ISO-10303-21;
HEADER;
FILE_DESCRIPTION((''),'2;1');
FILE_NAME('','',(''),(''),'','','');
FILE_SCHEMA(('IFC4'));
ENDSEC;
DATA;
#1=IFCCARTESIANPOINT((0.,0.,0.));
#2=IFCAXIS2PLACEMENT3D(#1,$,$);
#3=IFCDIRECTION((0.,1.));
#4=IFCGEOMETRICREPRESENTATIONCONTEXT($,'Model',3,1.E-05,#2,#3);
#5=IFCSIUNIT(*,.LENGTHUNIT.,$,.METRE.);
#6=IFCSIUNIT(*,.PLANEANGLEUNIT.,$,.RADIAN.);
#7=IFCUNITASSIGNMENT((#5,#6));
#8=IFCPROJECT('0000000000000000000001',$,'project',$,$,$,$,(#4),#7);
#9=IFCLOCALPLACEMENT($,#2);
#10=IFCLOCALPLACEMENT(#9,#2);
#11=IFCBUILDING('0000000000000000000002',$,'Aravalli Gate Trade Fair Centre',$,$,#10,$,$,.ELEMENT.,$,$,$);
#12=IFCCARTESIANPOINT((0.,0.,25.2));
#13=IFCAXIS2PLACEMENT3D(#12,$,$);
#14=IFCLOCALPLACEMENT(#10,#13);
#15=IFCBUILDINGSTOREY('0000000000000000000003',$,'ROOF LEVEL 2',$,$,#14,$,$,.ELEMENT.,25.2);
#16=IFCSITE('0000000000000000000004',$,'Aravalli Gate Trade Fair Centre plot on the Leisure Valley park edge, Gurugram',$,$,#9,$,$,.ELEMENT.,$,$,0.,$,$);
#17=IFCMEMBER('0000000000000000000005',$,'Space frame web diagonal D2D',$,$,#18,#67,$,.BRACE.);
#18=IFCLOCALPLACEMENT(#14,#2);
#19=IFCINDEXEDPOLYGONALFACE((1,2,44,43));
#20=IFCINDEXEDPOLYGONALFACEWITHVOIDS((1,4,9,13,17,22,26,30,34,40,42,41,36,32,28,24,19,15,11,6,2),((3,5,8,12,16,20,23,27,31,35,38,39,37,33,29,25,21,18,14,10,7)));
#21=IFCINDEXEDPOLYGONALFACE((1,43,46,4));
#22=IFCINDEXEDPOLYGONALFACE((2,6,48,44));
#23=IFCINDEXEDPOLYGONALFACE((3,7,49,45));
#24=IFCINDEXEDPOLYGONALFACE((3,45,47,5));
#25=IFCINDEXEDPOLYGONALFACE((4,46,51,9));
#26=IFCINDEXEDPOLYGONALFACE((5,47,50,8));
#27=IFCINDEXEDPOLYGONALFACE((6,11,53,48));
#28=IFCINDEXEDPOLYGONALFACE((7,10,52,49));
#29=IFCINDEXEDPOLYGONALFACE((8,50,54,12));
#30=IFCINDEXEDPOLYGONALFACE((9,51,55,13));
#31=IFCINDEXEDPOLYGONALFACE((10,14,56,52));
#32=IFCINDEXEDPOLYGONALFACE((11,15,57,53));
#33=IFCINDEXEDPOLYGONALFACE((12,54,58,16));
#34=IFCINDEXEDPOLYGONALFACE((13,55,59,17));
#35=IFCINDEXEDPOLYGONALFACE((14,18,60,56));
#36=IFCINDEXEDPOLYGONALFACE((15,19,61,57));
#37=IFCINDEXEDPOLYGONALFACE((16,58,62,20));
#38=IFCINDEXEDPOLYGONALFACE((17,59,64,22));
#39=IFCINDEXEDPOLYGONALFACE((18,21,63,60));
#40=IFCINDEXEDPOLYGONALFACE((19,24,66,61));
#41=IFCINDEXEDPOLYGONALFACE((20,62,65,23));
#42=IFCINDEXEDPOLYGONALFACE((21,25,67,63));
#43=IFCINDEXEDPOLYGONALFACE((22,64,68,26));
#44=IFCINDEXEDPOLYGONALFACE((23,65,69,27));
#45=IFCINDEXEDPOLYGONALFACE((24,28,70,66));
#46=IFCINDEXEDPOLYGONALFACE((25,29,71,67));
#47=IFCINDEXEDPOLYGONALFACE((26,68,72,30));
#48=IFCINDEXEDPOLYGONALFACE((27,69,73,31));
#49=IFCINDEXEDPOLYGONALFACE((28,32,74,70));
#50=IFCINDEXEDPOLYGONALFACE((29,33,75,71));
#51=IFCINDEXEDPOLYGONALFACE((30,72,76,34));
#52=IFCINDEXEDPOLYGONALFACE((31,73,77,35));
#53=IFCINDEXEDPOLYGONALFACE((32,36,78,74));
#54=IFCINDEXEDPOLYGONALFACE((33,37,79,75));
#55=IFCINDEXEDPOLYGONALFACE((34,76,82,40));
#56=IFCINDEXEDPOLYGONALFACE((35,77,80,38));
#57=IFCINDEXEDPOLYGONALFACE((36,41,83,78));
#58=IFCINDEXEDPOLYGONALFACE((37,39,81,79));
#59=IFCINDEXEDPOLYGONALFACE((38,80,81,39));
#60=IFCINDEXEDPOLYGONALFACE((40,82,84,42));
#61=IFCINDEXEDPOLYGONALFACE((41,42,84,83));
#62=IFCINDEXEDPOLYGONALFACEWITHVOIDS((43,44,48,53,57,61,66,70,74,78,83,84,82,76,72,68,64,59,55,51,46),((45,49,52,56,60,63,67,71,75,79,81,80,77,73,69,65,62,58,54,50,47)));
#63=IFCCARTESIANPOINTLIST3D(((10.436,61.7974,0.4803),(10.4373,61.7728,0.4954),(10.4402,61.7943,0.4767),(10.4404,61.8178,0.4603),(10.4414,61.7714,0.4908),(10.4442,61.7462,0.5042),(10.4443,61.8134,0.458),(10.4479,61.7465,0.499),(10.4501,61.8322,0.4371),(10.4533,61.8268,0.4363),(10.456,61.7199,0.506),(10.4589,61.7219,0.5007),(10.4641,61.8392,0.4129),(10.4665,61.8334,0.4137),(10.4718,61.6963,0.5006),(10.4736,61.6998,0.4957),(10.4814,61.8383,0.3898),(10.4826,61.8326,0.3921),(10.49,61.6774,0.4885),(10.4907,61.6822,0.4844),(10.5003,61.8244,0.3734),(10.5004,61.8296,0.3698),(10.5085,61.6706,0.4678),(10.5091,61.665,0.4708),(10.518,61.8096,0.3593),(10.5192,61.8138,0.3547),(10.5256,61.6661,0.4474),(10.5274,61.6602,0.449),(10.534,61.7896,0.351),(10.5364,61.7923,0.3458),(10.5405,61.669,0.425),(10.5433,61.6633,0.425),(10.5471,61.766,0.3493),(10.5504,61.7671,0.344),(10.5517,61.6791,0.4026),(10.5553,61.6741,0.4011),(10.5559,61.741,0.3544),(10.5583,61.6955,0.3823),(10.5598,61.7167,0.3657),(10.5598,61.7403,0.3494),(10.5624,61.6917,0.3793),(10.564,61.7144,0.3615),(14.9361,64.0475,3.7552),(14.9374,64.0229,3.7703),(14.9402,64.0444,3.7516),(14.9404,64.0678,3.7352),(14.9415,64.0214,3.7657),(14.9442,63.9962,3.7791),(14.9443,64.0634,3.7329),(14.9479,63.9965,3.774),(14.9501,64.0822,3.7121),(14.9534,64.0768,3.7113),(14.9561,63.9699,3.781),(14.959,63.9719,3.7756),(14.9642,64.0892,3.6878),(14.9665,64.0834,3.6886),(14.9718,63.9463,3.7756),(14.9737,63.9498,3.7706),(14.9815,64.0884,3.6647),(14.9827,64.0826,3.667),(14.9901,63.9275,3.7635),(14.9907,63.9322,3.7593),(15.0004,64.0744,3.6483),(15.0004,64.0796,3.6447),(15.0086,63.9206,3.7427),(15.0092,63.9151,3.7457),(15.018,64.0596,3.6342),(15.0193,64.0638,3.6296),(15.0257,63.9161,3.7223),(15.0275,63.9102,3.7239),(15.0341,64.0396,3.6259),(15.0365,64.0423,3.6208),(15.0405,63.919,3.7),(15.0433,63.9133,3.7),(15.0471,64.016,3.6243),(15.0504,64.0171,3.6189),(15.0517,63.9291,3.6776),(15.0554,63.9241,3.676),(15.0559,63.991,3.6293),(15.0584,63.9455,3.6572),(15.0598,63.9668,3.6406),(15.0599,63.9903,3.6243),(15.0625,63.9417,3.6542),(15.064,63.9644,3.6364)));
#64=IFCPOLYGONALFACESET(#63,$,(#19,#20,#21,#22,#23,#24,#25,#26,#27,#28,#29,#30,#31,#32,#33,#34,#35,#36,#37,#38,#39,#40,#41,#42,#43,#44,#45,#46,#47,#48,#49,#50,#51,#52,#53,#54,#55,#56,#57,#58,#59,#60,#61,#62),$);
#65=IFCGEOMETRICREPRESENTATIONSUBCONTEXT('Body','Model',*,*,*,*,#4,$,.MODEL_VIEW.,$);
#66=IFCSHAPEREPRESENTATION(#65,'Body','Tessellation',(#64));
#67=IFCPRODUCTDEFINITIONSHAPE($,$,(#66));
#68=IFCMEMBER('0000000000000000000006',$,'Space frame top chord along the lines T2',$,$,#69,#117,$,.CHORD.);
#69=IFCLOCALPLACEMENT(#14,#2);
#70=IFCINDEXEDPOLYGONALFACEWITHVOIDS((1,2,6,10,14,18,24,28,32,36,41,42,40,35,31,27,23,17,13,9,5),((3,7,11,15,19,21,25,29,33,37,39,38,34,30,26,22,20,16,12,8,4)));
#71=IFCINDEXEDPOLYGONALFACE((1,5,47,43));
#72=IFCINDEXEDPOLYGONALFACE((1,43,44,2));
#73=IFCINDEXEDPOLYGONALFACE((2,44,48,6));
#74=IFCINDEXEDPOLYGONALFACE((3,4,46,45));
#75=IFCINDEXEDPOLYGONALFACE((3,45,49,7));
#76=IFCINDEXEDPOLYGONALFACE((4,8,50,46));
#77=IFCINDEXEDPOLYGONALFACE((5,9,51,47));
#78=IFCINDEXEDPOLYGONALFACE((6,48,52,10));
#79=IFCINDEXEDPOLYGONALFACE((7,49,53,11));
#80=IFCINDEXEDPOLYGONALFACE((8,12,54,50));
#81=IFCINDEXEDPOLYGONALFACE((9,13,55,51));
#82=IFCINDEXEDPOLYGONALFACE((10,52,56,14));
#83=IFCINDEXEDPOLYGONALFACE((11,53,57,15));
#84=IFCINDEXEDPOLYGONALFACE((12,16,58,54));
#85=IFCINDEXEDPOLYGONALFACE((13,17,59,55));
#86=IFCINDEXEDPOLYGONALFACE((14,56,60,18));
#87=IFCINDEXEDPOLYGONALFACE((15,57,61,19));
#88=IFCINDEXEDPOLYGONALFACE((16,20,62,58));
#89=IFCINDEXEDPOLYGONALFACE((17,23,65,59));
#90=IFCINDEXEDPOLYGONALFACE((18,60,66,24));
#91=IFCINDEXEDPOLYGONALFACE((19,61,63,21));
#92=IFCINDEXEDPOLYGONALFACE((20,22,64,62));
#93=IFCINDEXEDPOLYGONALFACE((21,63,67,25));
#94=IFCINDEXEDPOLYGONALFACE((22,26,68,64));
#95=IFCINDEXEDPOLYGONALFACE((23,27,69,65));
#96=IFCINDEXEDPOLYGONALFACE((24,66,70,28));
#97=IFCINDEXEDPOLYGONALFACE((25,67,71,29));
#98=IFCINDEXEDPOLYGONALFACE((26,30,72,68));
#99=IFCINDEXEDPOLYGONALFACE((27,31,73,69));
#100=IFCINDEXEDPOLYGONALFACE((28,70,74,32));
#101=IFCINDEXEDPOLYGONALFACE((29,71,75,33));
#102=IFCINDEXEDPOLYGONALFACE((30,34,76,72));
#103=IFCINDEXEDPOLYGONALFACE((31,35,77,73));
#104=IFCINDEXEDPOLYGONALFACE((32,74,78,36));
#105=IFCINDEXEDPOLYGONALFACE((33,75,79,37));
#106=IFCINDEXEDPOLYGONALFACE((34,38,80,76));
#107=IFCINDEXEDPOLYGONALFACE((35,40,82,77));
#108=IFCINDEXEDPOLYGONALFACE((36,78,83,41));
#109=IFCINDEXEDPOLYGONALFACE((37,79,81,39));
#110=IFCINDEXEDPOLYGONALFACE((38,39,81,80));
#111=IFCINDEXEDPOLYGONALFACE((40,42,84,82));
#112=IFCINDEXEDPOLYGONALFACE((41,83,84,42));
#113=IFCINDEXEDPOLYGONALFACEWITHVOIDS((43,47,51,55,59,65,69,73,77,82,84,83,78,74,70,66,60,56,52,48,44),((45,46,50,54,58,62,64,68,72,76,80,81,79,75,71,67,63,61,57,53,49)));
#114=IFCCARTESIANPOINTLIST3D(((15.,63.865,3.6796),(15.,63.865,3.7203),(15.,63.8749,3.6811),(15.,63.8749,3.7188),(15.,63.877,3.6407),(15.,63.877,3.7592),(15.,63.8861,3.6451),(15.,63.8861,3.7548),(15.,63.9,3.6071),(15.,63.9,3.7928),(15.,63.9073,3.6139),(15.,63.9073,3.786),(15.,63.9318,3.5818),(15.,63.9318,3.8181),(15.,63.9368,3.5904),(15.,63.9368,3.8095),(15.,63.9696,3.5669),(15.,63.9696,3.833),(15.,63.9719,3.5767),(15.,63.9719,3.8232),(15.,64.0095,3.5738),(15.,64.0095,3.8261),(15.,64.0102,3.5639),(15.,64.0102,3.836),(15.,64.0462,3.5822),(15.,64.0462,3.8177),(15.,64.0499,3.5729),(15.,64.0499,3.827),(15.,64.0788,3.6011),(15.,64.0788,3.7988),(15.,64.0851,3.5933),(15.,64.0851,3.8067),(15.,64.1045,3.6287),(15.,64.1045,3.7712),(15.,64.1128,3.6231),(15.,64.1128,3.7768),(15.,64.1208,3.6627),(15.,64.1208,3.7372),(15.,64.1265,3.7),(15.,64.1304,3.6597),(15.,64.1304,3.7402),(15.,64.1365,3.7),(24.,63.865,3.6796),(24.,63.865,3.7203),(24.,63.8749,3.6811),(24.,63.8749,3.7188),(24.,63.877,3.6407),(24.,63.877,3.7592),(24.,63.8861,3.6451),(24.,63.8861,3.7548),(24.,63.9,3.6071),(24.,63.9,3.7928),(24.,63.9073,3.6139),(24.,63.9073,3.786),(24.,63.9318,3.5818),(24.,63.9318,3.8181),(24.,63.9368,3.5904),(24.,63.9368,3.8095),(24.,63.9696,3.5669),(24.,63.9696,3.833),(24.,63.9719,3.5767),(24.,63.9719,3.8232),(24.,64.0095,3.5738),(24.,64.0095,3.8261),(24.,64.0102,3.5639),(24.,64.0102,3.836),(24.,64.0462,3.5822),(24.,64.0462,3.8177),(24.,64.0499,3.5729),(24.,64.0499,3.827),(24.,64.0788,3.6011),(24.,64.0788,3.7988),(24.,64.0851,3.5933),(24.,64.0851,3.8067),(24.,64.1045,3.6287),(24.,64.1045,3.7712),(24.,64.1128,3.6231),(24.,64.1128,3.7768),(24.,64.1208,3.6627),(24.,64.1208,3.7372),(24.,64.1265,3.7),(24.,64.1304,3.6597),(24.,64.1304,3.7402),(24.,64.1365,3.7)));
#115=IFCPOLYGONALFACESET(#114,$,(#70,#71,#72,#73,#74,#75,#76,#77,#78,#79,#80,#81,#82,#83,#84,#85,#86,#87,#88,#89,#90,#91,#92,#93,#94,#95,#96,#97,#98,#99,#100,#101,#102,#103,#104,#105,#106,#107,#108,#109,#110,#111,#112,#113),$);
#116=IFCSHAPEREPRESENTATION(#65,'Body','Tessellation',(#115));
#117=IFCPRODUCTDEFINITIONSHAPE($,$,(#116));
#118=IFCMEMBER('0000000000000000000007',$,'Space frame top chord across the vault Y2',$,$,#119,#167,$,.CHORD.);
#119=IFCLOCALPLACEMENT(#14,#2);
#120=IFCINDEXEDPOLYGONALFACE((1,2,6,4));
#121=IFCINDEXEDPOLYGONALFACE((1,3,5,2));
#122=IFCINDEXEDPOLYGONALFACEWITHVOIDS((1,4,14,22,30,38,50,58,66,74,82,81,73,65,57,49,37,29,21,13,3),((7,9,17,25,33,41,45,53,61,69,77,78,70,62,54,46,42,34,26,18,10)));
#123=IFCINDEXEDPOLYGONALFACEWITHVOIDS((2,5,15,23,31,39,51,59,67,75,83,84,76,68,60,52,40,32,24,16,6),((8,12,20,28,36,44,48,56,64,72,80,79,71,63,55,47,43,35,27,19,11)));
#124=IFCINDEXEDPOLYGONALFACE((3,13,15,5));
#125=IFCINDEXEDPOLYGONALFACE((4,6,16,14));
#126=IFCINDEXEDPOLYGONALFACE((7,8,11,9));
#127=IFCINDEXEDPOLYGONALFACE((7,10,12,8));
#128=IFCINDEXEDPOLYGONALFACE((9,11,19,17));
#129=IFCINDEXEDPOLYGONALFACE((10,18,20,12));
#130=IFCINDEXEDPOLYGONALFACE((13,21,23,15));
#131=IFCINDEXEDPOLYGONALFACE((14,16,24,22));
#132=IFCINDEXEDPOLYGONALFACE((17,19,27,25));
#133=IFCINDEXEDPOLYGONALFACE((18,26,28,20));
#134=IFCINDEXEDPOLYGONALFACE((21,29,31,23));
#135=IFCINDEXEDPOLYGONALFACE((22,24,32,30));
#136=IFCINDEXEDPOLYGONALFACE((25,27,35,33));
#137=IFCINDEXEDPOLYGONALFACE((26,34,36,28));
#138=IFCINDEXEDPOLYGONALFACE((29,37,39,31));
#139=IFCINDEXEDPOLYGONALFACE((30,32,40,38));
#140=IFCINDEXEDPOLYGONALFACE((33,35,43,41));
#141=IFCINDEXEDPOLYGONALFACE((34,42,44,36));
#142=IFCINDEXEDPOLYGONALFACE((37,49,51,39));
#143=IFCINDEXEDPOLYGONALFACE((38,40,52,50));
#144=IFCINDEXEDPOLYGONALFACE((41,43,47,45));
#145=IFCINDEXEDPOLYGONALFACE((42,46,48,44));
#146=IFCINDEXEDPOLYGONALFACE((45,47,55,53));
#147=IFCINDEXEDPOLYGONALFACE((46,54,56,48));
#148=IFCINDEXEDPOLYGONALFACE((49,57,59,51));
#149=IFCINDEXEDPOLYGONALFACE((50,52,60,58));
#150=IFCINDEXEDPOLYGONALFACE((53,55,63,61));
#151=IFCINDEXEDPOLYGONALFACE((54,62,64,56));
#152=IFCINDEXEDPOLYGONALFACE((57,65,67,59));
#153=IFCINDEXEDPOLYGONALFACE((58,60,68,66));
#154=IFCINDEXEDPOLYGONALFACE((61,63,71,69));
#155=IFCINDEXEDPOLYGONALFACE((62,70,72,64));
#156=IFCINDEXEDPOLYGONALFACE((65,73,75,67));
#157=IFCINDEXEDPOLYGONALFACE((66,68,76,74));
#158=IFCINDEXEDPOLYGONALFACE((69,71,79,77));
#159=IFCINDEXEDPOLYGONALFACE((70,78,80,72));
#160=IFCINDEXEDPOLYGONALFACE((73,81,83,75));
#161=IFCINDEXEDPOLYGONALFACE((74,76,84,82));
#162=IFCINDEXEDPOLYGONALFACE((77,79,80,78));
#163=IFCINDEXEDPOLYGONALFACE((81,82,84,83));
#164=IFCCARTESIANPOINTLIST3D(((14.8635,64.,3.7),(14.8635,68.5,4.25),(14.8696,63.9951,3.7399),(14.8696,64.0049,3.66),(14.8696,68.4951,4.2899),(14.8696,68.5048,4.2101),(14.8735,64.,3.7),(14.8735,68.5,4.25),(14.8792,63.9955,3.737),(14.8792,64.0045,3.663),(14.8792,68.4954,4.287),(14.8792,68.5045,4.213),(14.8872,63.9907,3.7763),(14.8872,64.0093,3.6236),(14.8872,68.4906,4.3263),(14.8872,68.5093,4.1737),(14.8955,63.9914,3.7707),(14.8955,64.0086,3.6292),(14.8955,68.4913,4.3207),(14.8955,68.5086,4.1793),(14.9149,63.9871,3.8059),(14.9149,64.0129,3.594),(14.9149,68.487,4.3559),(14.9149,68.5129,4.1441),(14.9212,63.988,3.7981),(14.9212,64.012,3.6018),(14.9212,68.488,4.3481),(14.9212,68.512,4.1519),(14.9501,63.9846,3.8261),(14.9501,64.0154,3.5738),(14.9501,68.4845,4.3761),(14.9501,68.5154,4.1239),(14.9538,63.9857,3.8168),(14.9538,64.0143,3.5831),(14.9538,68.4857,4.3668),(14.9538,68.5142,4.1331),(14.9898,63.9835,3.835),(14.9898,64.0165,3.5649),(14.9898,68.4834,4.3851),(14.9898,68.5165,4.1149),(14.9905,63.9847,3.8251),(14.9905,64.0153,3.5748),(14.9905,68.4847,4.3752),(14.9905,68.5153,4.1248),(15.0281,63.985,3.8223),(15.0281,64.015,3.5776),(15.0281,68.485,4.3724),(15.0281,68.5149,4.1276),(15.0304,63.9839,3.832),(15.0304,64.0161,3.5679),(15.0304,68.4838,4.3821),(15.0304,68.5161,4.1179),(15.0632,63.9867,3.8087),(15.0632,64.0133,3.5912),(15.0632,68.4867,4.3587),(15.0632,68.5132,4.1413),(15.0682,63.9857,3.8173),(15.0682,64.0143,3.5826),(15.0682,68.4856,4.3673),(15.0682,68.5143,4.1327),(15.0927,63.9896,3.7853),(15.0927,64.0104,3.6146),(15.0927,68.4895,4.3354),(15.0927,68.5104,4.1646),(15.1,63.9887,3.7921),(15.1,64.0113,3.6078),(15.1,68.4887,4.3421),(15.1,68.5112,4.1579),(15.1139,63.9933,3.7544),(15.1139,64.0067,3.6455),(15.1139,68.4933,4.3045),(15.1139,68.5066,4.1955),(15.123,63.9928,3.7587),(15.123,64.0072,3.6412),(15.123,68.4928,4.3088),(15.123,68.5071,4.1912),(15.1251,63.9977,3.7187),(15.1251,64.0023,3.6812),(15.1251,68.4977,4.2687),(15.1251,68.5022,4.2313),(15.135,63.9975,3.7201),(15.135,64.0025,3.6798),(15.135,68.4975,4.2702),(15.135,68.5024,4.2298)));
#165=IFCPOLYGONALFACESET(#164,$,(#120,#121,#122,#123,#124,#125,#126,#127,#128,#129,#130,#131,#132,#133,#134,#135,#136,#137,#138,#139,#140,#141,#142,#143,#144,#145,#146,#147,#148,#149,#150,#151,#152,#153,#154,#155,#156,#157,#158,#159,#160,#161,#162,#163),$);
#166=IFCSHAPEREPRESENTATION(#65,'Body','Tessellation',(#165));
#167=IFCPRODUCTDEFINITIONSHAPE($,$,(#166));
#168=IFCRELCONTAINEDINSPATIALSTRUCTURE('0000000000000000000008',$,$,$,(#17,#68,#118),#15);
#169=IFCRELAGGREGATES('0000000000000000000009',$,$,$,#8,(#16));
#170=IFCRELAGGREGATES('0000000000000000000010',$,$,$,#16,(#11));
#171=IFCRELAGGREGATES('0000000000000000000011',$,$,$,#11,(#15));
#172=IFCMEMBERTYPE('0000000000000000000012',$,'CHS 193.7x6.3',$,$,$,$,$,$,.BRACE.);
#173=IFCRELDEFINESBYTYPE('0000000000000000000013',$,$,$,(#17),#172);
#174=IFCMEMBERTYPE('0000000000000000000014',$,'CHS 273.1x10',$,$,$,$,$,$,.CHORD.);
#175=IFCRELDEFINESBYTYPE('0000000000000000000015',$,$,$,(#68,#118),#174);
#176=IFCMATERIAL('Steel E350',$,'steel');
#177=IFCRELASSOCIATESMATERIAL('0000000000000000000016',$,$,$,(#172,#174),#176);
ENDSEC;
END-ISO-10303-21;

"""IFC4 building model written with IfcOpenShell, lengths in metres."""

from ifc_helpers import new_model, si_unit, direction, frame, origin, origin_2d, place, context, subcontext, project, spatial, hollow_circle, extrude, material, material_profile, profile_set, type_object, element, save


model = new_model("IFC4")

# Units and contexts
model_context = context("Model", 3, precision=1e-05, world=origin(), true_north=direction((0.0, 1.0)))
body_context = subcontext(model_context, "Body", "Model", "MODEL_VIEW")
ifc_project = project(units=[si_unit("LENGTHUNIT", "METRE"), si_unit("PLANEANGLEUNIT", "RADIAN")], contexts=[model_context])

# Site, building, storey
site_placement = place(None, origin())
site = spatial("IfcSite", under=ifc_project, at=site_placement, Name="Aravalli Gate Trade Fair Centre plot on the Leisure Valley park edge, Gurugram", CompositionType="ELEMENT", RefElevation=0.0)
building_placement = place(site_placement, origin())
building = spatial("IfcBuilding", under=site, at=building_placement, Name="Aravalli Gate Trade Fair Centre", CompositionType="ELEMENT")
storey_placement = place(building_placement, frame((0.0, 0.0, 25.2)))
storey = spatial("IfcBuildingStorey", under=building, at=storey_placement, Name="ROOF LEVEL 2", CompositionType="ELEMENT", Elevation=25.2)

# Members
ifc_material = material(Name="Steel E350", Category="steel")
ifc_material_profile_1 = material_profile(ifc_material, hollow_circle(Radius=0.0969, WallThickness=0.0063, at=origin_2d()), Name="CHS 193.7x6.3")
ifc_profile_set_1 = profile_set([ifc_material_profile_1], Name="Steel E350")
member_type_1 = type_object("IfcMemberType", Name="CHS 193.7x6.3", PredefinedType="BRACE", material=ifc_profile_set_1)
for number, where, z_axis, x_axis, name in (
    (1, (15.0, 64.0, 3.7), (-0.74961, -0.374805, -0.545533), (0.447214, -0.894427, 0.0), "Space frame web diagonal D2D"),
):
    element("IfcMember", number, at=place(storey_placement, frame(where, z_axis=z_axis, x_axis=x_axis)), inside=storey, type_object=member_type_1, Name=name, PredefinedType="BRACE", context=body_context, shape_type="SweptSolid", body=[
        extrude(hollow_circle(Radius=0.0969, WallThickness=0.0063, at=origin_2d()), origin(), (0.0, 0.0, 1.0), 6.0032),
    ])
ifc_material_profile_2 = material_profile(ifc_material, hollow_circle(Radius=0.1365, WallThickness=0.01, at=origin_2d()), Name="CHS 273.1x10")
ifc_profile_set_2 = profile_set([ifc_material_profile_2], Name="Steel E350")
member_type_2 = type_object("IfcMemberType", Name="CHS 273.1x10", PredefinedType="CHORD", material=ifc_profile_set_2)
member_1_placement = place(storey_placement, frame((15.0, 64.0, 3.7), z_axis=(1.0, 0.0, 0.0), x_axis=(0.0, 1.0, 0.0)))
element("IfcMember", 2, at=member_1_placement, inside=storey, type_object=member_type_2, Name="Space frame top chord along the lines T2", PredefinedType="CHORD", context=body_context, shape_type="SweptSolid", body=[
    extrude(hollow_circle(Radius=0.1365, WallThickness=0.01, at=origin_2d()), origin(), (0.0, 0.0, 1.0), 9.0),
])
member_2_placement = place(storey_placement, frame((15.0, 64.0, 3.7), z_axis=(0.0, 0.992612, 0.12133), x_axis=(-1.0, 0.0, 0.0)))
element("IfcMember", 3, at=member_2_placement, inside=storey, type_object=member_type_2, Name="Space frame top chord across the vault Y2", PredefinedType="CHORD", context=body_context, shape_type="SweptSolid", body=[
    extrude(hollow_circle(Radius=0.1365, WallThickness=0.01, at=origin_2d()), origin(), (0.0, 0.0, 1.0), 4.5334),
])

save(model, "model.ifc")
